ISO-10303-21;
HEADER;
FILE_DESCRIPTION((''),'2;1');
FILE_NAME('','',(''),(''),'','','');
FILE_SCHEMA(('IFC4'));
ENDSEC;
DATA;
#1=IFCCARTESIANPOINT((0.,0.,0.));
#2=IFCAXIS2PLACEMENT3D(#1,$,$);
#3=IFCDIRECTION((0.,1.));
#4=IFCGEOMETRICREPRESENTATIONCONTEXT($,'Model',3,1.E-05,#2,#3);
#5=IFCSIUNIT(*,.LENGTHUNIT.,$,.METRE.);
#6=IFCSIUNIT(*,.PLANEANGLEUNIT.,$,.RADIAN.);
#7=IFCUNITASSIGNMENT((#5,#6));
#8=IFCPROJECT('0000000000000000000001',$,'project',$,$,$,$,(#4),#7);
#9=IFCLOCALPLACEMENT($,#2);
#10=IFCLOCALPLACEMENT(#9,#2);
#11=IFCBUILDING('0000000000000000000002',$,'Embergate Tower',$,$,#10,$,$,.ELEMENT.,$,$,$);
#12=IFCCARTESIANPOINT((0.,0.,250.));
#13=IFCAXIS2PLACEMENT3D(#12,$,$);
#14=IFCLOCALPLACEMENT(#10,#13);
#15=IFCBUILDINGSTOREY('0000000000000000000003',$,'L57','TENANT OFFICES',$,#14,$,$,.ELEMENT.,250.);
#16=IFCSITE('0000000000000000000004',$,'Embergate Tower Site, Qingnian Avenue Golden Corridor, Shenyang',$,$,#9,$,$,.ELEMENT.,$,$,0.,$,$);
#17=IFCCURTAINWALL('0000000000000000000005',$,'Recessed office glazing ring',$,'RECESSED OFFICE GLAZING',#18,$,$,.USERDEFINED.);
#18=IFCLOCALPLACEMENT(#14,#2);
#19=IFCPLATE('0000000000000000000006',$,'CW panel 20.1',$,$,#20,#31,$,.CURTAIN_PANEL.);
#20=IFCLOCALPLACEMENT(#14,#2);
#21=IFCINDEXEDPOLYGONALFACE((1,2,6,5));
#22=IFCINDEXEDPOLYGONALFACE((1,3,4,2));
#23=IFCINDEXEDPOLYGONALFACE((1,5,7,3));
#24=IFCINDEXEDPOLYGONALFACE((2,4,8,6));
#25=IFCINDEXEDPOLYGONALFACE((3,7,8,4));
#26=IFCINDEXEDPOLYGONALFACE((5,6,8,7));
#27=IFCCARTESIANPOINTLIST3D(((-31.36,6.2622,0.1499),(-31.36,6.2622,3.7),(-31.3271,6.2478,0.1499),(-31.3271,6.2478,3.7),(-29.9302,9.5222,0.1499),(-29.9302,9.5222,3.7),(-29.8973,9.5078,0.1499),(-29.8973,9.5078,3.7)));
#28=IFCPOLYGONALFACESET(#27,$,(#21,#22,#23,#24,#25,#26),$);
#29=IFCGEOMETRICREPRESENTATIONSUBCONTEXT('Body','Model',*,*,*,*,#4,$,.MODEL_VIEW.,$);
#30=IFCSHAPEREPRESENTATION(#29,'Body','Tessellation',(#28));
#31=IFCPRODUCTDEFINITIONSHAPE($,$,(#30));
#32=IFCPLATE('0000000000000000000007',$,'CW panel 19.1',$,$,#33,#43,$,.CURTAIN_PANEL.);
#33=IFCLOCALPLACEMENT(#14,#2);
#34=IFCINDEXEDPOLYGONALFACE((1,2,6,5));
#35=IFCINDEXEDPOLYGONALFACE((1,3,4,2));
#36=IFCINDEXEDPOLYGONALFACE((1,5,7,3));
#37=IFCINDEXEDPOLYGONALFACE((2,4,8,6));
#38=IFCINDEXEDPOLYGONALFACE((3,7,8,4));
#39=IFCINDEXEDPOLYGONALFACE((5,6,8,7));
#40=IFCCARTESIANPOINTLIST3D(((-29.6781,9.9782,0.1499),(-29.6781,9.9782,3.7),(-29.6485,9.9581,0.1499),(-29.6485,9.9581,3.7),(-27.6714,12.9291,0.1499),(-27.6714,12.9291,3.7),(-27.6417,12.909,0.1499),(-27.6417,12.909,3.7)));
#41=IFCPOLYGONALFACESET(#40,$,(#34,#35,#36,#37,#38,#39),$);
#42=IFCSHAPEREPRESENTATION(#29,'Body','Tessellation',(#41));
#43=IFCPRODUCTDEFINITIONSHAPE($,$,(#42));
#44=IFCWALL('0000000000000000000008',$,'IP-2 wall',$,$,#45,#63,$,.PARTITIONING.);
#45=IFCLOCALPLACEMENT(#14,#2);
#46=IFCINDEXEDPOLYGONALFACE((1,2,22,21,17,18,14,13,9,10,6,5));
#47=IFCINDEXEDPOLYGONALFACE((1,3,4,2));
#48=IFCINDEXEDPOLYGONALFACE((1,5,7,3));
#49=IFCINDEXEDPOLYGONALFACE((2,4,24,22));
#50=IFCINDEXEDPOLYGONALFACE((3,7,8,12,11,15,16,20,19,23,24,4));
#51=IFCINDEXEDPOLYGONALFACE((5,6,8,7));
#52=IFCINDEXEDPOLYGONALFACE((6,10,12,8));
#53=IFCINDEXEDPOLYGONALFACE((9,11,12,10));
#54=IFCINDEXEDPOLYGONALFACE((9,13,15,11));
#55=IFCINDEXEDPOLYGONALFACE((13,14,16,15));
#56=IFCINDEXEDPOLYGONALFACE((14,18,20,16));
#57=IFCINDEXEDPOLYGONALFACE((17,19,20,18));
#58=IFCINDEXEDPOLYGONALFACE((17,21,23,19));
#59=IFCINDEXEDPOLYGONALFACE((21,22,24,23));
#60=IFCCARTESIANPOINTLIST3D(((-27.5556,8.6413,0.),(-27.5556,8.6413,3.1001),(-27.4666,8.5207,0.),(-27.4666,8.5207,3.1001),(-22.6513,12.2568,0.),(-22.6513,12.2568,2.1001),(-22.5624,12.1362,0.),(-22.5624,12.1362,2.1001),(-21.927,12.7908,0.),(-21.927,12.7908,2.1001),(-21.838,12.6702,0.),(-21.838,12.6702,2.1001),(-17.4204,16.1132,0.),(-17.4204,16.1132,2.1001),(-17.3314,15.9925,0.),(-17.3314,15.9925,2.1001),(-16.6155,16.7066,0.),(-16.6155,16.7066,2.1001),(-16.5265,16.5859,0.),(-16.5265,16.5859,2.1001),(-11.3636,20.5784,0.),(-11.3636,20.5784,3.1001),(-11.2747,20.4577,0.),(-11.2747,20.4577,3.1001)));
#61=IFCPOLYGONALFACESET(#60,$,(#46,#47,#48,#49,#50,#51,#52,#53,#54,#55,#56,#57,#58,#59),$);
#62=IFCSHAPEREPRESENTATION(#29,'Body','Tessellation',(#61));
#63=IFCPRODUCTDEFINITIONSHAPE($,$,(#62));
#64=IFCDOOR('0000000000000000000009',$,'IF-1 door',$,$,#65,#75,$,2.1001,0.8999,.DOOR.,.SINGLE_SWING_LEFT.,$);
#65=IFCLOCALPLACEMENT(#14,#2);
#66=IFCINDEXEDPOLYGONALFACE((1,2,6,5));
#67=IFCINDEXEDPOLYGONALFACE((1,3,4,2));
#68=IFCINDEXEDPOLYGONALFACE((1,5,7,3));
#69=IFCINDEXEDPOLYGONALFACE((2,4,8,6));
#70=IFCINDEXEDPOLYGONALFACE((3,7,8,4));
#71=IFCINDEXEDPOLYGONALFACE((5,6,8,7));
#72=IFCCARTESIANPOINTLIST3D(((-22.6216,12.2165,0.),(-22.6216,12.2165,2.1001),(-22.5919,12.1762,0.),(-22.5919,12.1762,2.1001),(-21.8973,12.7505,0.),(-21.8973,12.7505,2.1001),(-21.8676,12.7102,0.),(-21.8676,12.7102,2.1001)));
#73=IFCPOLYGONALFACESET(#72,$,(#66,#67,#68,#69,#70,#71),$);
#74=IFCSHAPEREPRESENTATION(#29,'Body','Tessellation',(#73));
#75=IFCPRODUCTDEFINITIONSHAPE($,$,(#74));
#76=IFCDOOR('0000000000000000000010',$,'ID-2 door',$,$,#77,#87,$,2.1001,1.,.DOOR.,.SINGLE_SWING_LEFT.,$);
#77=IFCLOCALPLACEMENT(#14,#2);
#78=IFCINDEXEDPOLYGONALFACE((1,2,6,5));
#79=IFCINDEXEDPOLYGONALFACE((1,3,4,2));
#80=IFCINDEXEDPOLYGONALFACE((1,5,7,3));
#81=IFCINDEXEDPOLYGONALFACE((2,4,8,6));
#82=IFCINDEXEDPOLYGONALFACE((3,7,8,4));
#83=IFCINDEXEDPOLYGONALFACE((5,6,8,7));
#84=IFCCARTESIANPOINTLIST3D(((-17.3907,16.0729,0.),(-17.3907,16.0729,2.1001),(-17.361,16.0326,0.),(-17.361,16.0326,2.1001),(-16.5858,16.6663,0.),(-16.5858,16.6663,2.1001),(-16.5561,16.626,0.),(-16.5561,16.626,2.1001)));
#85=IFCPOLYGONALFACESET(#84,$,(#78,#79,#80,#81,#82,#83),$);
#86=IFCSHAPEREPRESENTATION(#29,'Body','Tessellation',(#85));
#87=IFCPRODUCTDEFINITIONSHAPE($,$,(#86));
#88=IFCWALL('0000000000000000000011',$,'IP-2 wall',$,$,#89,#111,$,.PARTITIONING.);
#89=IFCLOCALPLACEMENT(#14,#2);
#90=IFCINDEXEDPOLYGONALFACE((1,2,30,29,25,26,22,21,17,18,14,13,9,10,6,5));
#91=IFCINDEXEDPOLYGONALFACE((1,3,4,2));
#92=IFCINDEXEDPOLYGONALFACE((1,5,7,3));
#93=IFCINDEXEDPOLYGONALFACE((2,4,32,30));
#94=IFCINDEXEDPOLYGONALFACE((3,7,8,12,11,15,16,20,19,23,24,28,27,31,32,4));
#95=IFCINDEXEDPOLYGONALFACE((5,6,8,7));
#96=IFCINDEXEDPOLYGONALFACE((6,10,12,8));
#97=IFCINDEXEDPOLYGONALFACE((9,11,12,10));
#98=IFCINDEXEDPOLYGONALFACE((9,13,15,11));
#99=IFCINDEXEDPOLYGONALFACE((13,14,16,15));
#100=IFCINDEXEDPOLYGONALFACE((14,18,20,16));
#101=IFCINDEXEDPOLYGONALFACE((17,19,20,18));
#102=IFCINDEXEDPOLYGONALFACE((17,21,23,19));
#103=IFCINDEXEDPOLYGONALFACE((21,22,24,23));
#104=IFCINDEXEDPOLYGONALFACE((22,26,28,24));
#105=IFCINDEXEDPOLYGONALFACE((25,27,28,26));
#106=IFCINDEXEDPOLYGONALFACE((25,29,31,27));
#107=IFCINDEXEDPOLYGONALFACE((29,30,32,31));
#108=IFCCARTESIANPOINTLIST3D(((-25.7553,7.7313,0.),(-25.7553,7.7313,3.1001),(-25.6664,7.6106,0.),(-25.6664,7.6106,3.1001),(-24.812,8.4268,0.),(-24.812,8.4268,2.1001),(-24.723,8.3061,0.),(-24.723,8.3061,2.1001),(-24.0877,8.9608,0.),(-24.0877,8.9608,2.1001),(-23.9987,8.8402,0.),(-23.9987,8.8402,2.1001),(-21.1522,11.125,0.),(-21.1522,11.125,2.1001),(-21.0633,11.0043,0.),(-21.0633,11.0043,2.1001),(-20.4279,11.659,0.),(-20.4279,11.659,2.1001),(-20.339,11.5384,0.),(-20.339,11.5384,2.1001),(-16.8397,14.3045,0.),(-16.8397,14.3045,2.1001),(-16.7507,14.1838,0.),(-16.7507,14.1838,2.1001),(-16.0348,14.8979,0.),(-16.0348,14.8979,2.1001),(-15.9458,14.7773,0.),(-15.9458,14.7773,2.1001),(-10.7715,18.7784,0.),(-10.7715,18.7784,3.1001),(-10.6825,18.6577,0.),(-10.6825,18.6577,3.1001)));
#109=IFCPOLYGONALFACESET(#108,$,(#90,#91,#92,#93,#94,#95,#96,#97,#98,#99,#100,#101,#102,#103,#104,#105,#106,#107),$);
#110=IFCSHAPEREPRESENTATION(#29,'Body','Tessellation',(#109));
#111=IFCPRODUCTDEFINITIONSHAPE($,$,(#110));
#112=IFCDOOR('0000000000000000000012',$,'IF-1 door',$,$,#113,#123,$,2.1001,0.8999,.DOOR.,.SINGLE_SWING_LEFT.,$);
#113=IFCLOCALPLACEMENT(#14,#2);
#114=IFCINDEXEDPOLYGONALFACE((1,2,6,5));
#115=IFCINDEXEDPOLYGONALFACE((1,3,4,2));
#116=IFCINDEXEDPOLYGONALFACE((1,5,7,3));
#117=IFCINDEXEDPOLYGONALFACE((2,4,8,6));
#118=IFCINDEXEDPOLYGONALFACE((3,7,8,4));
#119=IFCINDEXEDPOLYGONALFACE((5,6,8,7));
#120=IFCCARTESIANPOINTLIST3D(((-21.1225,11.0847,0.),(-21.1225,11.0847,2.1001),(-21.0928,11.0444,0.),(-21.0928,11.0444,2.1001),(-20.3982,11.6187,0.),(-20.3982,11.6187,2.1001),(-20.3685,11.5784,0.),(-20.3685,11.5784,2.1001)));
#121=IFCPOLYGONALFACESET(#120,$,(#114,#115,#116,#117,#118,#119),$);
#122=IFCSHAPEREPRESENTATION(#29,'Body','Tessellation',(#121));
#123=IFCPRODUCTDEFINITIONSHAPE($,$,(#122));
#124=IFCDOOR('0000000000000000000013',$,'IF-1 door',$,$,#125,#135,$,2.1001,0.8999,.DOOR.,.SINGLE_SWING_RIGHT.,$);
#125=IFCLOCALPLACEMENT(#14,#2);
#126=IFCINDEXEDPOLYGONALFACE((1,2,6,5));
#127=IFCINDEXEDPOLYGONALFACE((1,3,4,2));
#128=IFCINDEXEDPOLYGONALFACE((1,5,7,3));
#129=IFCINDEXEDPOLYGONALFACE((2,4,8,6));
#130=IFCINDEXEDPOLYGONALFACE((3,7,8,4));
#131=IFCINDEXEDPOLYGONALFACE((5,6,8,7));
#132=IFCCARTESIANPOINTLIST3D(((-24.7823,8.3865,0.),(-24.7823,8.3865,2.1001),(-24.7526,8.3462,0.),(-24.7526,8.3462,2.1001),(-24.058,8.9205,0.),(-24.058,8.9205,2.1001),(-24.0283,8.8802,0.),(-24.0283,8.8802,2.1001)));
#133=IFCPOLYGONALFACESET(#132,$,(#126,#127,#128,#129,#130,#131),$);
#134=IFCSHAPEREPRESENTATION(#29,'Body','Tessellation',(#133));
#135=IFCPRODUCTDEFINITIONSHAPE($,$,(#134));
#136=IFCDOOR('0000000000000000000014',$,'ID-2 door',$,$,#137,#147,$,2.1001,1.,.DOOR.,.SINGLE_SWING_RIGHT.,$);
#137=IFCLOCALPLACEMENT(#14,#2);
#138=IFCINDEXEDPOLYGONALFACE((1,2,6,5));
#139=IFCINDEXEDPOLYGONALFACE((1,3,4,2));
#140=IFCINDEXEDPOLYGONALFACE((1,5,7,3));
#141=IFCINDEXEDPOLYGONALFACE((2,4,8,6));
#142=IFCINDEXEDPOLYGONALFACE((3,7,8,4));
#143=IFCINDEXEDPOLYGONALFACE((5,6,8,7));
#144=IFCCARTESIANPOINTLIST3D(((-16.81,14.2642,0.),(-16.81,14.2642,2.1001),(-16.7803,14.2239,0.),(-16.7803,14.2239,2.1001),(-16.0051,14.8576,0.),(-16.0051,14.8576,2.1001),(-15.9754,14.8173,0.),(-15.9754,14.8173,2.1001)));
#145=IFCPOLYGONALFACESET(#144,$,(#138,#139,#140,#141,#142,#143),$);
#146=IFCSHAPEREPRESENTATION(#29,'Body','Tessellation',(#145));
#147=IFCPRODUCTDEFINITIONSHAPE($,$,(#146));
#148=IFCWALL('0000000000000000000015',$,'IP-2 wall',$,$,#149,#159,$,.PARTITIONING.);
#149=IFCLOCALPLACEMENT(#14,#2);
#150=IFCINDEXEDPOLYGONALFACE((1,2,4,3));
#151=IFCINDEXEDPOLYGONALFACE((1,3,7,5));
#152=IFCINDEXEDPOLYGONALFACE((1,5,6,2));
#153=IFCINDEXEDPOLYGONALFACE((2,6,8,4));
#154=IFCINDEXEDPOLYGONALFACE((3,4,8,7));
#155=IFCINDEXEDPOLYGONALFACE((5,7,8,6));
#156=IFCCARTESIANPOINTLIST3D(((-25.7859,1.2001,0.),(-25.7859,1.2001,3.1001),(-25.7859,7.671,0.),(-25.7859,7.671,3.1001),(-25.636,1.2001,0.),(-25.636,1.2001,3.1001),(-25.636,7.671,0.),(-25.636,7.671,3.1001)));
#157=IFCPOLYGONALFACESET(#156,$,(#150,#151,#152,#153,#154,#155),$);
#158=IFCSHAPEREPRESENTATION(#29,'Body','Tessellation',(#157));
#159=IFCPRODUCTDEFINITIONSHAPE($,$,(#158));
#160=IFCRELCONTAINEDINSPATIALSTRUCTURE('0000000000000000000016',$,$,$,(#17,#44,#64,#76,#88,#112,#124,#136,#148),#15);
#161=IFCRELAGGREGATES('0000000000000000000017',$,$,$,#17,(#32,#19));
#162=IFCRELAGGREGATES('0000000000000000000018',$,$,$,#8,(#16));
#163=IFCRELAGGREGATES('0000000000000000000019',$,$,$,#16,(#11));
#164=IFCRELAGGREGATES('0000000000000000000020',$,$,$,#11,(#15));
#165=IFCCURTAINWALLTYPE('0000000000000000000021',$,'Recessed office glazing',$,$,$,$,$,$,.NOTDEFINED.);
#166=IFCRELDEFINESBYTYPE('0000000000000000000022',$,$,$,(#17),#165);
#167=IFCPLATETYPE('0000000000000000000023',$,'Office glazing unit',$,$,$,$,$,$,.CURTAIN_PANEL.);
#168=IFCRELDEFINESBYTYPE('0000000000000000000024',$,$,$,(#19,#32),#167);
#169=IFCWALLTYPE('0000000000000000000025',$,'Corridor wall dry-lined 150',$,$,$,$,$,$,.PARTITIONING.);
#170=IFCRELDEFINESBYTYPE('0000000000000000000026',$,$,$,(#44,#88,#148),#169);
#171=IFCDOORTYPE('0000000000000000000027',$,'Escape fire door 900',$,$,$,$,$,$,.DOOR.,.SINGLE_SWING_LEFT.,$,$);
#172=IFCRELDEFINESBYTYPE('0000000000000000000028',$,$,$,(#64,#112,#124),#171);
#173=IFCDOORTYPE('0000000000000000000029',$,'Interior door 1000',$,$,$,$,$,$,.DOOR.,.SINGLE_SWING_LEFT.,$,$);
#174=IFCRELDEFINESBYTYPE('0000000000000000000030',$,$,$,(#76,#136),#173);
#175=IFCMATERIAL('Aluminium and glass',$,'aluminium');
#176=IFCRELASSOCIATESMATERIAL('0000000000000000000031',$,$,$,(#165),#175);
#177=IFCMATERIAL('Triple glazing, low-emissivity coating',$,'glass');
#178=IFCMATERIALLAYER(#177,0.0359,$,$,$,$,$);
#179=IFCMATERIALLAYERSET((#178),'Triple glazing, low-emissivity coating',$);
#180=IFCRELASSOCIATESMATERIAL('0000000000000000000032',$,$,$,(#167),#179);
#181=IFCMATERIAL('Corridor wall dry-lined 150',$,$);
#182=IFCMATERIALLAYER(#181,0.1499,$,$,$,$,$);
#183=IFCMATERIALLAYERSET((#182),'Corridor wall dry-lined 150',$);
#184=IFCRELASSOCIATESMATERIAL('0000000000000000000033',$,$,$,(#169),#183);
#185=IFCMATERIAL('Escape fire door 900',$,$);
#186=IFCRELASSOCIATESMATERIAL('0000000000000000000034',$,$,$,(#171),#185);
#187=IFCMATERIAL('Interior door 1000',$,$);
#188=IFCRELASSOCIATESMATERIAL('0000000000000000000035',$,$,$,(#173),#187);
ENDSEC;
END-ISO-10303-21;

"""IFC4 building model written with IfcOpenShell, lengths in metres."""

from ifc_helpers import new_model, si_unit, direction, frame, frame_2d, origin, origin_2d, place, context, subcontext, project, spatial, rectangle, extrude, source, transform, mapped, material, layer, layer_set, type_object, element, fill, aggregate, save


model = new_model("IFC4")

# Units and contexts
model_context = context("Model", 3, precision=1e-05, world=origin(), true_north=direction((0.0, 1.0)))
body_context = subcontext(model_context, "Body", "Model", "MODEL_VIEW")
ifc_project = project(units=[si_unit("LENGTHUNIT", "METRE"), si_unit("PLANEANGLEUNIT", "RADIAN")], contexts=[model_context])

# Site, building, storey
site_placement = place(None, origin())
site = spatial("IfcSite", under=ifc_project, at=site_placement, Name="Embergate Tower Site, Qingnian Avenue Golden Corridor, Shenyang", CompositionType="ELEMENT", RefElevation=0.0)
building_placement = place(site_placement, origin())
building = spatial("IfcBuilding", under=site, at=building_placement, Name="Embergate Tower", CompositionType="ELEMENT")
storey_placement = place(building_placement, frame((0.0, 0.0, 250.0)))
storey = spatial("IfcBuildingStorey", under=building, at=storey_placement, Name="L57", Description="TENANT OFFICES", CompositionType="ELEMENT", Elevation=250.0)

# Curtain wall, plates
ifc_material_1 = material(Name="Aluminium and glass", Category="aluminium")
curtain_wall_type = type_object("IfcCurtainWallType", Name="Recessed office glazing", PredefinedType="NOTDEFINED", material=ifc_material_1)
curtain_wall_placement = place(storey_placement, origin())
curtain_wall = element("IfcCurtainWall", 1, at=curtain_wall_placement, inside=storey, type_object=curtain_wall_type, Name="Recessed office glazing ring", ObjectType="RECESSED OFFICE GLAZING", PredefinedType="USERDEFINED")
ifc_material_2 = material(Name="Triple glazing, low-emissivity coating", Category="glass")
ifc_layer_1 = layer(ifc_material_2, 0.0359)
ifc_layer_set_1 = layer_set([ifc_layer_1], Name="Triple glazing, low-emissivity coating")
plate_type = type_object("IfcPlateType", Name="Office glazing unit", PredefinedType="CURTAIN_PANEL", material=ifc_layer_set_1)
shared_shape_1 = source(origin(), body_context, "Body", "SweptSolid", [
    extrude(rectangle(XDim=3.5598, YDim=0.0359, at=origin_2d()), origin(), (0.0, 0.0, 1.0), 3.55),
])
plate_1_placement = place(storey_placement, frame((-30.6287, 7.885, 0.1499), z_axis=(0.0, 0.0, 1.0), x_axis=(-0.401652, -0.915792, 0.0)))
plate_1 = element("IfcPlate", 2, at=plate_1_placement, type_object=plate_type, Name="CW panel 20.1", PredefinedType="CURTAIN_PANEL", context=body_context, shape_type="MappedRepresentation", body=[
    mapped(shared_shape_1, transform((0.0, 0.0, 0.0))),
])
shared_shape_2 = source(origin(), body_context, "Body", "SweptSolid", [
    extrude(rectangle(XDim=3.5686, YDim=0.0359, at=origin_2d()), origin(), (0.0, 0.0, 1.0), 3.55),
])
plate_2_placement = place(storey_placement, frame((-28.6599, 11.4436, 0.1499), z_axis=(0.0, 0.0, 1.0), x_axis=(-0.562342, -0.826905, 0.0)))
plate_2 = element("IfcPlate", 3, at=plate_2_placement, type_object=plate_type, Name="CW panel 19.1", PredefinedType="CURTAIN_PANEL", context=body_context, shape_type="MappedRepresentation", body=[
    mapped(shared_shape_2, transform((0.0, 0.0, 0.0))),
])
aggregate(curtain_wall, [plate_2, plate_1])

# Walls, openings, doors
ifc_material_3 = material(Name="Corridor wall dry-lined 150")
ifc_layer_2 = layer(ifc_material_3, 0.1499)
ifc_layer_set_2 = layer_set([ifc_layer_2], Name="Corridor wall dry-lined 150")
wall_type_1 = type_object("IfcWallType", Name="Corridor wall dry-lined 150", PredefinedType="PARTITIONING", material=ifc_layer_set_2)
shared_shape_3 = source(origin(), body_context, "Body", "SweptSolid", [
    extrude(rectangle(XDim=20.1165, YDim=0.1499, at=frame_2d((10.0581, 0.0))), origin(), (0.0, 0.0, 1.0), 3.1001),
])
wall_1_placement = place(storey_placement, frame((-27.511, 8.5811, 0.0), z_axis=(0.0, 0.0, 1.0), x_axis=(0.80491, 0.593397, 0.0)))
wall_1 = element("IfcWall", 4, at=wall_1_placement, inside=storey, type_object=wall_type_1, Name="IP-2 wall", PredefinedType="PARTITIONING", context=body_context, shape_type="MappedRepresentation", body=[
    mapped(shared_shape_3, transform((0.0, 0.0, 0.0))),
])
shared_shape_4 = source(origin(), body_context, "Body", "SweptSolid", [
    extrude(rectangle(XDim=1.0, YDim=2.1001, at=frame_2d((0.5, 1.05))), frame((0.0, 0.085, 0.0), z_axis=(0.0, -1.0, 0.0), x_axis=(1.0, 0.0, 0.0)), (0.0, 0.0, 1.0), 0.1699),
])
opening_1_placement = place(wall_1_placement, frame((12.5916, 0.0, 0.0)))
opening_1 = element("IfcOpeningElement", 5, at=opening_1_placement, cuts=wall_1, PredefinedType="OPENING", context=body_context, shape_type="MappedRepresentation", body=[
    mapped(shared_shape_4, transform((0.0, 0.0, 0.0))),
])
shared_shape_5 = source(origin(), body_context, "Body", "SweptSolid", [
    extrude(rectangle(XDim=0.8999, YDim=2.1001, at=frame_2d((0.45, 1.05))), frame((0.0, 0.085, 0.0), z_axis=(0.0, -1.0, 0.0), x_axis=(1.0, 0.0, 0.0)), (0.0, 0.0, 1.0), 0.1699),
])
opening_2_placement = place(wall_1_placement, frame((6.0928, 0.0, 0.0)))
opening_2 = element("IfcOpeningElement", 6, at=opening_2_placement, cuts=wall_1, PredefinedType="OPENING", context=body_context, shape_type="MappedRepresentation", body=[
    mapped(shared_shape_5, transform((0.0, 0.0, 0.0))),
])
ifc_material_4 = material(Name="Escape fire door 900")
door_type_1 = type_object("IfcDoorType", Name="Escape fire door 900", OperationType="SINGLE_SWING_LEFT", PredefinedType="DOOR", material=ifc_material_4)
shared_shape_6 = source(origin(), body_context, "Body", "SweptSolid", [
    extrude(rectangle(XDim=0.8999, YDim=2.1001, at=frame_2d((0.45, 1.05))), frame((0.0, 0.0249, 0.0), z_axis=(0.0, -1.0, 0.0), x_axis=(1.0, 0.0, 0.0)), (0.0, 0.0, 1.0), 0.05),
])
door_1_placement = place(opening_2_placement, origin())
door_1 = element("IfcDoor", 7, at=door_1_placement, inside=storey, type_object=door_type_1, Name="IF-1 door", OperationType="SINGLE_SWING_LEFT", OverallHeight=2.1001, OverallWidth=0.8999, PredefinedType="DOOR", context=body_context, shape_type="MappedRepresentation", body=[
    mapped(shared_shape_6, transform((0.0, 0.0, 0.0))),
])
fill(opening_2, door_1)
ifc_material_5 = material(Name="Interior door 1000")
door_type_2 = type_object("IfcDoorType", Name="Interior door 1000", OperationType="SINGLE_SWING_LEFT", PredefinedType="DOOR", material=ifc_material_5)
shared_shape_7 = source(origin(), body_context, "Body", "SweptSolid", [
    extrude(rectangle(XDim=1.0, YDim=2.1001, at=frame_2d((0.5, 1.05))), frame((0.0, 0.0249, 0.0), z_axis=(0.0, -1.0, 0.0), x_axis=(1.0, 0.0, 0.0)), (0.0, 0.0, 1.0), 0.05),
])
door_2_placement = place(opening_1_placement, origin())
door_2 = element("IfcDoor", 8, at=door_2_placement, inside=storey, type_object=door_type_2, Name="ID-2 door", OperationType="SINGLE_SWING_LEFT", OverallHeight=2.1001, OverallWidth=1.0, PredefinedType="DOOR", context=body_context, shape_type="MappedRepresentation", body=[
    mapped(shared_shape_7, transform((0.0, 0.0, 0.0))),
])
fill(opening_1, door_2)
shared_shape_8 = source(origin(), body_context, "Body", "SweptSolid", [
    extrude(rectangle(XDim=18.616, YDim=0.1499, at=frame_2d((9.3081, 0.0))), origin(), (0.0, 0.0, 1.0), 3.1001),
])
wall_2_placement = place(storey_placement, frame((-25.7109, 7.6709, 0.0), z_axis=(0.0, 0.0, 1.0), x_axis=(0.804893, 0.59342, 0.0)))
wall_2 = element("IfcWall", 9, at=wall_2_placement, inside=storey, type_object=wall_type_1, Name="IP-2 wall", PredefinedType="PARTITIONING", context=body_context, shape_type="MappedRepresentation", body=[
    mapped(shared_shape_8, transform((0.0, 0.0, 0.0))),
])
opening_3_placement = place(wall_2_placement, frame((11.0769, 0.0, 0.0)))
opening_3 = element("IfcOpeningElement", 10, at=opening_3_placement, cuts=wall_2, PredefinedType="OPENING", context=body_context, shape_type="MappedRepresentation", body=[
    mapped(shared_shape_4, transform((0.0, 0.0, 0.0))),
])
opening_4_placement = place(wall_2_placement, frame((5.719, 0.0, 0.0)))
opening_4 = element("IfcOpeningElement", 11, at=opening_4_placement, cuts=wall_2, PredefinedType="OPENING", context=body_context, shape_type="MappedRepresentation", body=[
    mapped(shared_shape_5, transform((0.0, 0.0, 0.0))),
])
opening_5_placement = place(wall_2_placement, frame((1.1721, 0.0, 0.0)))
opening_5 = element("IfcOpeningElement", 12, at=opening_5_placement, cuts=wall_2, PredefinedType="OPENING", context=body_context, shape_type="MappedRepresentation", body=[
    mapped(shared_shape_5, transform((0.0, 0.0, 0.0))),
])
door_3_placement = place(opening_4_placement, origin())
door_3 = element("IfcDoor", 13, at=door_3_placement, inside=storey, type_object=door_type_1, Name="IF-1 door", OperationType="SINGLE_SWING_LEFT", OverallHeight=2.1001, OverallWidth=0.8999, PredefinedType="DOOR", context=body_context, shape_type="MappedRepresentation", body=[
    mapped(shared_shape_6, transform((0.0, 0.0, 0.0))),
])
fill(opening_4, door_3)
door_4_placement = place(opening_5_placement, origin())
door_4 = element("IfcDoor", 14, at=door_4_placement, inside=storey, type_object=door_type_1, Name="IF-1 door", OperationType="SINGLE_SWING_RIGHT", OverallHeight=2.1001, OverallWidth=0.8999, PredefinedType="DOOR", context=body_context, shape_type="MappedRepresentation", body=[
    mapped(shared_shape_6, transform((0.0, 0.0, 0.0))),
])
fill(opening_5, door_4)
door_5_placement = place(opening_3_placement, origin())
door_5 = element("IfcDoor", 15, at=door_5_placement, inside=storey, type_object=door_type_2, Name="ID-2 door", OperationType="SINGLE_SWING_RIGHT", OverallHeight=2.1001, OverallWidth=1.0, PredefinedType="DOOR", context=body_context, shape_type="MappedRepresentation", body=[
    mapped(shared_shape_7, transform((0.0, 0.0, 0.0))),
])
fill(opening_3, door_5)

# Wall
shared_shape_9 = source(origin(), body_context, "Body", "SweptSolid", [
    extrude(rectangle(XDim=6.4709, YDim=0.1499, at=frame_2d((3.2354, 0.0))), origin(), (0.0, 0.0, 1.0), 3.1001),
])
wall_3_placement = place(storey_placement, frame((-25.7109, 7.6709, 0.0), z_axis=(0.0, 0.0, 1.0), x_axis=(0.0, -1.0, 0.0)))
element("IfcWall", 16, at=wall_3_placement, inside=storey, type_object=wall_type_1, Name="IP-2 wall", PredefinedType="PARTITIONING", context=body_context, shape_type="MappedRepresentation", body=[
    mapped(shared_shape_9, transform((0.0, 0.0, 0.0))),
])

save(model, "model.ifc")
